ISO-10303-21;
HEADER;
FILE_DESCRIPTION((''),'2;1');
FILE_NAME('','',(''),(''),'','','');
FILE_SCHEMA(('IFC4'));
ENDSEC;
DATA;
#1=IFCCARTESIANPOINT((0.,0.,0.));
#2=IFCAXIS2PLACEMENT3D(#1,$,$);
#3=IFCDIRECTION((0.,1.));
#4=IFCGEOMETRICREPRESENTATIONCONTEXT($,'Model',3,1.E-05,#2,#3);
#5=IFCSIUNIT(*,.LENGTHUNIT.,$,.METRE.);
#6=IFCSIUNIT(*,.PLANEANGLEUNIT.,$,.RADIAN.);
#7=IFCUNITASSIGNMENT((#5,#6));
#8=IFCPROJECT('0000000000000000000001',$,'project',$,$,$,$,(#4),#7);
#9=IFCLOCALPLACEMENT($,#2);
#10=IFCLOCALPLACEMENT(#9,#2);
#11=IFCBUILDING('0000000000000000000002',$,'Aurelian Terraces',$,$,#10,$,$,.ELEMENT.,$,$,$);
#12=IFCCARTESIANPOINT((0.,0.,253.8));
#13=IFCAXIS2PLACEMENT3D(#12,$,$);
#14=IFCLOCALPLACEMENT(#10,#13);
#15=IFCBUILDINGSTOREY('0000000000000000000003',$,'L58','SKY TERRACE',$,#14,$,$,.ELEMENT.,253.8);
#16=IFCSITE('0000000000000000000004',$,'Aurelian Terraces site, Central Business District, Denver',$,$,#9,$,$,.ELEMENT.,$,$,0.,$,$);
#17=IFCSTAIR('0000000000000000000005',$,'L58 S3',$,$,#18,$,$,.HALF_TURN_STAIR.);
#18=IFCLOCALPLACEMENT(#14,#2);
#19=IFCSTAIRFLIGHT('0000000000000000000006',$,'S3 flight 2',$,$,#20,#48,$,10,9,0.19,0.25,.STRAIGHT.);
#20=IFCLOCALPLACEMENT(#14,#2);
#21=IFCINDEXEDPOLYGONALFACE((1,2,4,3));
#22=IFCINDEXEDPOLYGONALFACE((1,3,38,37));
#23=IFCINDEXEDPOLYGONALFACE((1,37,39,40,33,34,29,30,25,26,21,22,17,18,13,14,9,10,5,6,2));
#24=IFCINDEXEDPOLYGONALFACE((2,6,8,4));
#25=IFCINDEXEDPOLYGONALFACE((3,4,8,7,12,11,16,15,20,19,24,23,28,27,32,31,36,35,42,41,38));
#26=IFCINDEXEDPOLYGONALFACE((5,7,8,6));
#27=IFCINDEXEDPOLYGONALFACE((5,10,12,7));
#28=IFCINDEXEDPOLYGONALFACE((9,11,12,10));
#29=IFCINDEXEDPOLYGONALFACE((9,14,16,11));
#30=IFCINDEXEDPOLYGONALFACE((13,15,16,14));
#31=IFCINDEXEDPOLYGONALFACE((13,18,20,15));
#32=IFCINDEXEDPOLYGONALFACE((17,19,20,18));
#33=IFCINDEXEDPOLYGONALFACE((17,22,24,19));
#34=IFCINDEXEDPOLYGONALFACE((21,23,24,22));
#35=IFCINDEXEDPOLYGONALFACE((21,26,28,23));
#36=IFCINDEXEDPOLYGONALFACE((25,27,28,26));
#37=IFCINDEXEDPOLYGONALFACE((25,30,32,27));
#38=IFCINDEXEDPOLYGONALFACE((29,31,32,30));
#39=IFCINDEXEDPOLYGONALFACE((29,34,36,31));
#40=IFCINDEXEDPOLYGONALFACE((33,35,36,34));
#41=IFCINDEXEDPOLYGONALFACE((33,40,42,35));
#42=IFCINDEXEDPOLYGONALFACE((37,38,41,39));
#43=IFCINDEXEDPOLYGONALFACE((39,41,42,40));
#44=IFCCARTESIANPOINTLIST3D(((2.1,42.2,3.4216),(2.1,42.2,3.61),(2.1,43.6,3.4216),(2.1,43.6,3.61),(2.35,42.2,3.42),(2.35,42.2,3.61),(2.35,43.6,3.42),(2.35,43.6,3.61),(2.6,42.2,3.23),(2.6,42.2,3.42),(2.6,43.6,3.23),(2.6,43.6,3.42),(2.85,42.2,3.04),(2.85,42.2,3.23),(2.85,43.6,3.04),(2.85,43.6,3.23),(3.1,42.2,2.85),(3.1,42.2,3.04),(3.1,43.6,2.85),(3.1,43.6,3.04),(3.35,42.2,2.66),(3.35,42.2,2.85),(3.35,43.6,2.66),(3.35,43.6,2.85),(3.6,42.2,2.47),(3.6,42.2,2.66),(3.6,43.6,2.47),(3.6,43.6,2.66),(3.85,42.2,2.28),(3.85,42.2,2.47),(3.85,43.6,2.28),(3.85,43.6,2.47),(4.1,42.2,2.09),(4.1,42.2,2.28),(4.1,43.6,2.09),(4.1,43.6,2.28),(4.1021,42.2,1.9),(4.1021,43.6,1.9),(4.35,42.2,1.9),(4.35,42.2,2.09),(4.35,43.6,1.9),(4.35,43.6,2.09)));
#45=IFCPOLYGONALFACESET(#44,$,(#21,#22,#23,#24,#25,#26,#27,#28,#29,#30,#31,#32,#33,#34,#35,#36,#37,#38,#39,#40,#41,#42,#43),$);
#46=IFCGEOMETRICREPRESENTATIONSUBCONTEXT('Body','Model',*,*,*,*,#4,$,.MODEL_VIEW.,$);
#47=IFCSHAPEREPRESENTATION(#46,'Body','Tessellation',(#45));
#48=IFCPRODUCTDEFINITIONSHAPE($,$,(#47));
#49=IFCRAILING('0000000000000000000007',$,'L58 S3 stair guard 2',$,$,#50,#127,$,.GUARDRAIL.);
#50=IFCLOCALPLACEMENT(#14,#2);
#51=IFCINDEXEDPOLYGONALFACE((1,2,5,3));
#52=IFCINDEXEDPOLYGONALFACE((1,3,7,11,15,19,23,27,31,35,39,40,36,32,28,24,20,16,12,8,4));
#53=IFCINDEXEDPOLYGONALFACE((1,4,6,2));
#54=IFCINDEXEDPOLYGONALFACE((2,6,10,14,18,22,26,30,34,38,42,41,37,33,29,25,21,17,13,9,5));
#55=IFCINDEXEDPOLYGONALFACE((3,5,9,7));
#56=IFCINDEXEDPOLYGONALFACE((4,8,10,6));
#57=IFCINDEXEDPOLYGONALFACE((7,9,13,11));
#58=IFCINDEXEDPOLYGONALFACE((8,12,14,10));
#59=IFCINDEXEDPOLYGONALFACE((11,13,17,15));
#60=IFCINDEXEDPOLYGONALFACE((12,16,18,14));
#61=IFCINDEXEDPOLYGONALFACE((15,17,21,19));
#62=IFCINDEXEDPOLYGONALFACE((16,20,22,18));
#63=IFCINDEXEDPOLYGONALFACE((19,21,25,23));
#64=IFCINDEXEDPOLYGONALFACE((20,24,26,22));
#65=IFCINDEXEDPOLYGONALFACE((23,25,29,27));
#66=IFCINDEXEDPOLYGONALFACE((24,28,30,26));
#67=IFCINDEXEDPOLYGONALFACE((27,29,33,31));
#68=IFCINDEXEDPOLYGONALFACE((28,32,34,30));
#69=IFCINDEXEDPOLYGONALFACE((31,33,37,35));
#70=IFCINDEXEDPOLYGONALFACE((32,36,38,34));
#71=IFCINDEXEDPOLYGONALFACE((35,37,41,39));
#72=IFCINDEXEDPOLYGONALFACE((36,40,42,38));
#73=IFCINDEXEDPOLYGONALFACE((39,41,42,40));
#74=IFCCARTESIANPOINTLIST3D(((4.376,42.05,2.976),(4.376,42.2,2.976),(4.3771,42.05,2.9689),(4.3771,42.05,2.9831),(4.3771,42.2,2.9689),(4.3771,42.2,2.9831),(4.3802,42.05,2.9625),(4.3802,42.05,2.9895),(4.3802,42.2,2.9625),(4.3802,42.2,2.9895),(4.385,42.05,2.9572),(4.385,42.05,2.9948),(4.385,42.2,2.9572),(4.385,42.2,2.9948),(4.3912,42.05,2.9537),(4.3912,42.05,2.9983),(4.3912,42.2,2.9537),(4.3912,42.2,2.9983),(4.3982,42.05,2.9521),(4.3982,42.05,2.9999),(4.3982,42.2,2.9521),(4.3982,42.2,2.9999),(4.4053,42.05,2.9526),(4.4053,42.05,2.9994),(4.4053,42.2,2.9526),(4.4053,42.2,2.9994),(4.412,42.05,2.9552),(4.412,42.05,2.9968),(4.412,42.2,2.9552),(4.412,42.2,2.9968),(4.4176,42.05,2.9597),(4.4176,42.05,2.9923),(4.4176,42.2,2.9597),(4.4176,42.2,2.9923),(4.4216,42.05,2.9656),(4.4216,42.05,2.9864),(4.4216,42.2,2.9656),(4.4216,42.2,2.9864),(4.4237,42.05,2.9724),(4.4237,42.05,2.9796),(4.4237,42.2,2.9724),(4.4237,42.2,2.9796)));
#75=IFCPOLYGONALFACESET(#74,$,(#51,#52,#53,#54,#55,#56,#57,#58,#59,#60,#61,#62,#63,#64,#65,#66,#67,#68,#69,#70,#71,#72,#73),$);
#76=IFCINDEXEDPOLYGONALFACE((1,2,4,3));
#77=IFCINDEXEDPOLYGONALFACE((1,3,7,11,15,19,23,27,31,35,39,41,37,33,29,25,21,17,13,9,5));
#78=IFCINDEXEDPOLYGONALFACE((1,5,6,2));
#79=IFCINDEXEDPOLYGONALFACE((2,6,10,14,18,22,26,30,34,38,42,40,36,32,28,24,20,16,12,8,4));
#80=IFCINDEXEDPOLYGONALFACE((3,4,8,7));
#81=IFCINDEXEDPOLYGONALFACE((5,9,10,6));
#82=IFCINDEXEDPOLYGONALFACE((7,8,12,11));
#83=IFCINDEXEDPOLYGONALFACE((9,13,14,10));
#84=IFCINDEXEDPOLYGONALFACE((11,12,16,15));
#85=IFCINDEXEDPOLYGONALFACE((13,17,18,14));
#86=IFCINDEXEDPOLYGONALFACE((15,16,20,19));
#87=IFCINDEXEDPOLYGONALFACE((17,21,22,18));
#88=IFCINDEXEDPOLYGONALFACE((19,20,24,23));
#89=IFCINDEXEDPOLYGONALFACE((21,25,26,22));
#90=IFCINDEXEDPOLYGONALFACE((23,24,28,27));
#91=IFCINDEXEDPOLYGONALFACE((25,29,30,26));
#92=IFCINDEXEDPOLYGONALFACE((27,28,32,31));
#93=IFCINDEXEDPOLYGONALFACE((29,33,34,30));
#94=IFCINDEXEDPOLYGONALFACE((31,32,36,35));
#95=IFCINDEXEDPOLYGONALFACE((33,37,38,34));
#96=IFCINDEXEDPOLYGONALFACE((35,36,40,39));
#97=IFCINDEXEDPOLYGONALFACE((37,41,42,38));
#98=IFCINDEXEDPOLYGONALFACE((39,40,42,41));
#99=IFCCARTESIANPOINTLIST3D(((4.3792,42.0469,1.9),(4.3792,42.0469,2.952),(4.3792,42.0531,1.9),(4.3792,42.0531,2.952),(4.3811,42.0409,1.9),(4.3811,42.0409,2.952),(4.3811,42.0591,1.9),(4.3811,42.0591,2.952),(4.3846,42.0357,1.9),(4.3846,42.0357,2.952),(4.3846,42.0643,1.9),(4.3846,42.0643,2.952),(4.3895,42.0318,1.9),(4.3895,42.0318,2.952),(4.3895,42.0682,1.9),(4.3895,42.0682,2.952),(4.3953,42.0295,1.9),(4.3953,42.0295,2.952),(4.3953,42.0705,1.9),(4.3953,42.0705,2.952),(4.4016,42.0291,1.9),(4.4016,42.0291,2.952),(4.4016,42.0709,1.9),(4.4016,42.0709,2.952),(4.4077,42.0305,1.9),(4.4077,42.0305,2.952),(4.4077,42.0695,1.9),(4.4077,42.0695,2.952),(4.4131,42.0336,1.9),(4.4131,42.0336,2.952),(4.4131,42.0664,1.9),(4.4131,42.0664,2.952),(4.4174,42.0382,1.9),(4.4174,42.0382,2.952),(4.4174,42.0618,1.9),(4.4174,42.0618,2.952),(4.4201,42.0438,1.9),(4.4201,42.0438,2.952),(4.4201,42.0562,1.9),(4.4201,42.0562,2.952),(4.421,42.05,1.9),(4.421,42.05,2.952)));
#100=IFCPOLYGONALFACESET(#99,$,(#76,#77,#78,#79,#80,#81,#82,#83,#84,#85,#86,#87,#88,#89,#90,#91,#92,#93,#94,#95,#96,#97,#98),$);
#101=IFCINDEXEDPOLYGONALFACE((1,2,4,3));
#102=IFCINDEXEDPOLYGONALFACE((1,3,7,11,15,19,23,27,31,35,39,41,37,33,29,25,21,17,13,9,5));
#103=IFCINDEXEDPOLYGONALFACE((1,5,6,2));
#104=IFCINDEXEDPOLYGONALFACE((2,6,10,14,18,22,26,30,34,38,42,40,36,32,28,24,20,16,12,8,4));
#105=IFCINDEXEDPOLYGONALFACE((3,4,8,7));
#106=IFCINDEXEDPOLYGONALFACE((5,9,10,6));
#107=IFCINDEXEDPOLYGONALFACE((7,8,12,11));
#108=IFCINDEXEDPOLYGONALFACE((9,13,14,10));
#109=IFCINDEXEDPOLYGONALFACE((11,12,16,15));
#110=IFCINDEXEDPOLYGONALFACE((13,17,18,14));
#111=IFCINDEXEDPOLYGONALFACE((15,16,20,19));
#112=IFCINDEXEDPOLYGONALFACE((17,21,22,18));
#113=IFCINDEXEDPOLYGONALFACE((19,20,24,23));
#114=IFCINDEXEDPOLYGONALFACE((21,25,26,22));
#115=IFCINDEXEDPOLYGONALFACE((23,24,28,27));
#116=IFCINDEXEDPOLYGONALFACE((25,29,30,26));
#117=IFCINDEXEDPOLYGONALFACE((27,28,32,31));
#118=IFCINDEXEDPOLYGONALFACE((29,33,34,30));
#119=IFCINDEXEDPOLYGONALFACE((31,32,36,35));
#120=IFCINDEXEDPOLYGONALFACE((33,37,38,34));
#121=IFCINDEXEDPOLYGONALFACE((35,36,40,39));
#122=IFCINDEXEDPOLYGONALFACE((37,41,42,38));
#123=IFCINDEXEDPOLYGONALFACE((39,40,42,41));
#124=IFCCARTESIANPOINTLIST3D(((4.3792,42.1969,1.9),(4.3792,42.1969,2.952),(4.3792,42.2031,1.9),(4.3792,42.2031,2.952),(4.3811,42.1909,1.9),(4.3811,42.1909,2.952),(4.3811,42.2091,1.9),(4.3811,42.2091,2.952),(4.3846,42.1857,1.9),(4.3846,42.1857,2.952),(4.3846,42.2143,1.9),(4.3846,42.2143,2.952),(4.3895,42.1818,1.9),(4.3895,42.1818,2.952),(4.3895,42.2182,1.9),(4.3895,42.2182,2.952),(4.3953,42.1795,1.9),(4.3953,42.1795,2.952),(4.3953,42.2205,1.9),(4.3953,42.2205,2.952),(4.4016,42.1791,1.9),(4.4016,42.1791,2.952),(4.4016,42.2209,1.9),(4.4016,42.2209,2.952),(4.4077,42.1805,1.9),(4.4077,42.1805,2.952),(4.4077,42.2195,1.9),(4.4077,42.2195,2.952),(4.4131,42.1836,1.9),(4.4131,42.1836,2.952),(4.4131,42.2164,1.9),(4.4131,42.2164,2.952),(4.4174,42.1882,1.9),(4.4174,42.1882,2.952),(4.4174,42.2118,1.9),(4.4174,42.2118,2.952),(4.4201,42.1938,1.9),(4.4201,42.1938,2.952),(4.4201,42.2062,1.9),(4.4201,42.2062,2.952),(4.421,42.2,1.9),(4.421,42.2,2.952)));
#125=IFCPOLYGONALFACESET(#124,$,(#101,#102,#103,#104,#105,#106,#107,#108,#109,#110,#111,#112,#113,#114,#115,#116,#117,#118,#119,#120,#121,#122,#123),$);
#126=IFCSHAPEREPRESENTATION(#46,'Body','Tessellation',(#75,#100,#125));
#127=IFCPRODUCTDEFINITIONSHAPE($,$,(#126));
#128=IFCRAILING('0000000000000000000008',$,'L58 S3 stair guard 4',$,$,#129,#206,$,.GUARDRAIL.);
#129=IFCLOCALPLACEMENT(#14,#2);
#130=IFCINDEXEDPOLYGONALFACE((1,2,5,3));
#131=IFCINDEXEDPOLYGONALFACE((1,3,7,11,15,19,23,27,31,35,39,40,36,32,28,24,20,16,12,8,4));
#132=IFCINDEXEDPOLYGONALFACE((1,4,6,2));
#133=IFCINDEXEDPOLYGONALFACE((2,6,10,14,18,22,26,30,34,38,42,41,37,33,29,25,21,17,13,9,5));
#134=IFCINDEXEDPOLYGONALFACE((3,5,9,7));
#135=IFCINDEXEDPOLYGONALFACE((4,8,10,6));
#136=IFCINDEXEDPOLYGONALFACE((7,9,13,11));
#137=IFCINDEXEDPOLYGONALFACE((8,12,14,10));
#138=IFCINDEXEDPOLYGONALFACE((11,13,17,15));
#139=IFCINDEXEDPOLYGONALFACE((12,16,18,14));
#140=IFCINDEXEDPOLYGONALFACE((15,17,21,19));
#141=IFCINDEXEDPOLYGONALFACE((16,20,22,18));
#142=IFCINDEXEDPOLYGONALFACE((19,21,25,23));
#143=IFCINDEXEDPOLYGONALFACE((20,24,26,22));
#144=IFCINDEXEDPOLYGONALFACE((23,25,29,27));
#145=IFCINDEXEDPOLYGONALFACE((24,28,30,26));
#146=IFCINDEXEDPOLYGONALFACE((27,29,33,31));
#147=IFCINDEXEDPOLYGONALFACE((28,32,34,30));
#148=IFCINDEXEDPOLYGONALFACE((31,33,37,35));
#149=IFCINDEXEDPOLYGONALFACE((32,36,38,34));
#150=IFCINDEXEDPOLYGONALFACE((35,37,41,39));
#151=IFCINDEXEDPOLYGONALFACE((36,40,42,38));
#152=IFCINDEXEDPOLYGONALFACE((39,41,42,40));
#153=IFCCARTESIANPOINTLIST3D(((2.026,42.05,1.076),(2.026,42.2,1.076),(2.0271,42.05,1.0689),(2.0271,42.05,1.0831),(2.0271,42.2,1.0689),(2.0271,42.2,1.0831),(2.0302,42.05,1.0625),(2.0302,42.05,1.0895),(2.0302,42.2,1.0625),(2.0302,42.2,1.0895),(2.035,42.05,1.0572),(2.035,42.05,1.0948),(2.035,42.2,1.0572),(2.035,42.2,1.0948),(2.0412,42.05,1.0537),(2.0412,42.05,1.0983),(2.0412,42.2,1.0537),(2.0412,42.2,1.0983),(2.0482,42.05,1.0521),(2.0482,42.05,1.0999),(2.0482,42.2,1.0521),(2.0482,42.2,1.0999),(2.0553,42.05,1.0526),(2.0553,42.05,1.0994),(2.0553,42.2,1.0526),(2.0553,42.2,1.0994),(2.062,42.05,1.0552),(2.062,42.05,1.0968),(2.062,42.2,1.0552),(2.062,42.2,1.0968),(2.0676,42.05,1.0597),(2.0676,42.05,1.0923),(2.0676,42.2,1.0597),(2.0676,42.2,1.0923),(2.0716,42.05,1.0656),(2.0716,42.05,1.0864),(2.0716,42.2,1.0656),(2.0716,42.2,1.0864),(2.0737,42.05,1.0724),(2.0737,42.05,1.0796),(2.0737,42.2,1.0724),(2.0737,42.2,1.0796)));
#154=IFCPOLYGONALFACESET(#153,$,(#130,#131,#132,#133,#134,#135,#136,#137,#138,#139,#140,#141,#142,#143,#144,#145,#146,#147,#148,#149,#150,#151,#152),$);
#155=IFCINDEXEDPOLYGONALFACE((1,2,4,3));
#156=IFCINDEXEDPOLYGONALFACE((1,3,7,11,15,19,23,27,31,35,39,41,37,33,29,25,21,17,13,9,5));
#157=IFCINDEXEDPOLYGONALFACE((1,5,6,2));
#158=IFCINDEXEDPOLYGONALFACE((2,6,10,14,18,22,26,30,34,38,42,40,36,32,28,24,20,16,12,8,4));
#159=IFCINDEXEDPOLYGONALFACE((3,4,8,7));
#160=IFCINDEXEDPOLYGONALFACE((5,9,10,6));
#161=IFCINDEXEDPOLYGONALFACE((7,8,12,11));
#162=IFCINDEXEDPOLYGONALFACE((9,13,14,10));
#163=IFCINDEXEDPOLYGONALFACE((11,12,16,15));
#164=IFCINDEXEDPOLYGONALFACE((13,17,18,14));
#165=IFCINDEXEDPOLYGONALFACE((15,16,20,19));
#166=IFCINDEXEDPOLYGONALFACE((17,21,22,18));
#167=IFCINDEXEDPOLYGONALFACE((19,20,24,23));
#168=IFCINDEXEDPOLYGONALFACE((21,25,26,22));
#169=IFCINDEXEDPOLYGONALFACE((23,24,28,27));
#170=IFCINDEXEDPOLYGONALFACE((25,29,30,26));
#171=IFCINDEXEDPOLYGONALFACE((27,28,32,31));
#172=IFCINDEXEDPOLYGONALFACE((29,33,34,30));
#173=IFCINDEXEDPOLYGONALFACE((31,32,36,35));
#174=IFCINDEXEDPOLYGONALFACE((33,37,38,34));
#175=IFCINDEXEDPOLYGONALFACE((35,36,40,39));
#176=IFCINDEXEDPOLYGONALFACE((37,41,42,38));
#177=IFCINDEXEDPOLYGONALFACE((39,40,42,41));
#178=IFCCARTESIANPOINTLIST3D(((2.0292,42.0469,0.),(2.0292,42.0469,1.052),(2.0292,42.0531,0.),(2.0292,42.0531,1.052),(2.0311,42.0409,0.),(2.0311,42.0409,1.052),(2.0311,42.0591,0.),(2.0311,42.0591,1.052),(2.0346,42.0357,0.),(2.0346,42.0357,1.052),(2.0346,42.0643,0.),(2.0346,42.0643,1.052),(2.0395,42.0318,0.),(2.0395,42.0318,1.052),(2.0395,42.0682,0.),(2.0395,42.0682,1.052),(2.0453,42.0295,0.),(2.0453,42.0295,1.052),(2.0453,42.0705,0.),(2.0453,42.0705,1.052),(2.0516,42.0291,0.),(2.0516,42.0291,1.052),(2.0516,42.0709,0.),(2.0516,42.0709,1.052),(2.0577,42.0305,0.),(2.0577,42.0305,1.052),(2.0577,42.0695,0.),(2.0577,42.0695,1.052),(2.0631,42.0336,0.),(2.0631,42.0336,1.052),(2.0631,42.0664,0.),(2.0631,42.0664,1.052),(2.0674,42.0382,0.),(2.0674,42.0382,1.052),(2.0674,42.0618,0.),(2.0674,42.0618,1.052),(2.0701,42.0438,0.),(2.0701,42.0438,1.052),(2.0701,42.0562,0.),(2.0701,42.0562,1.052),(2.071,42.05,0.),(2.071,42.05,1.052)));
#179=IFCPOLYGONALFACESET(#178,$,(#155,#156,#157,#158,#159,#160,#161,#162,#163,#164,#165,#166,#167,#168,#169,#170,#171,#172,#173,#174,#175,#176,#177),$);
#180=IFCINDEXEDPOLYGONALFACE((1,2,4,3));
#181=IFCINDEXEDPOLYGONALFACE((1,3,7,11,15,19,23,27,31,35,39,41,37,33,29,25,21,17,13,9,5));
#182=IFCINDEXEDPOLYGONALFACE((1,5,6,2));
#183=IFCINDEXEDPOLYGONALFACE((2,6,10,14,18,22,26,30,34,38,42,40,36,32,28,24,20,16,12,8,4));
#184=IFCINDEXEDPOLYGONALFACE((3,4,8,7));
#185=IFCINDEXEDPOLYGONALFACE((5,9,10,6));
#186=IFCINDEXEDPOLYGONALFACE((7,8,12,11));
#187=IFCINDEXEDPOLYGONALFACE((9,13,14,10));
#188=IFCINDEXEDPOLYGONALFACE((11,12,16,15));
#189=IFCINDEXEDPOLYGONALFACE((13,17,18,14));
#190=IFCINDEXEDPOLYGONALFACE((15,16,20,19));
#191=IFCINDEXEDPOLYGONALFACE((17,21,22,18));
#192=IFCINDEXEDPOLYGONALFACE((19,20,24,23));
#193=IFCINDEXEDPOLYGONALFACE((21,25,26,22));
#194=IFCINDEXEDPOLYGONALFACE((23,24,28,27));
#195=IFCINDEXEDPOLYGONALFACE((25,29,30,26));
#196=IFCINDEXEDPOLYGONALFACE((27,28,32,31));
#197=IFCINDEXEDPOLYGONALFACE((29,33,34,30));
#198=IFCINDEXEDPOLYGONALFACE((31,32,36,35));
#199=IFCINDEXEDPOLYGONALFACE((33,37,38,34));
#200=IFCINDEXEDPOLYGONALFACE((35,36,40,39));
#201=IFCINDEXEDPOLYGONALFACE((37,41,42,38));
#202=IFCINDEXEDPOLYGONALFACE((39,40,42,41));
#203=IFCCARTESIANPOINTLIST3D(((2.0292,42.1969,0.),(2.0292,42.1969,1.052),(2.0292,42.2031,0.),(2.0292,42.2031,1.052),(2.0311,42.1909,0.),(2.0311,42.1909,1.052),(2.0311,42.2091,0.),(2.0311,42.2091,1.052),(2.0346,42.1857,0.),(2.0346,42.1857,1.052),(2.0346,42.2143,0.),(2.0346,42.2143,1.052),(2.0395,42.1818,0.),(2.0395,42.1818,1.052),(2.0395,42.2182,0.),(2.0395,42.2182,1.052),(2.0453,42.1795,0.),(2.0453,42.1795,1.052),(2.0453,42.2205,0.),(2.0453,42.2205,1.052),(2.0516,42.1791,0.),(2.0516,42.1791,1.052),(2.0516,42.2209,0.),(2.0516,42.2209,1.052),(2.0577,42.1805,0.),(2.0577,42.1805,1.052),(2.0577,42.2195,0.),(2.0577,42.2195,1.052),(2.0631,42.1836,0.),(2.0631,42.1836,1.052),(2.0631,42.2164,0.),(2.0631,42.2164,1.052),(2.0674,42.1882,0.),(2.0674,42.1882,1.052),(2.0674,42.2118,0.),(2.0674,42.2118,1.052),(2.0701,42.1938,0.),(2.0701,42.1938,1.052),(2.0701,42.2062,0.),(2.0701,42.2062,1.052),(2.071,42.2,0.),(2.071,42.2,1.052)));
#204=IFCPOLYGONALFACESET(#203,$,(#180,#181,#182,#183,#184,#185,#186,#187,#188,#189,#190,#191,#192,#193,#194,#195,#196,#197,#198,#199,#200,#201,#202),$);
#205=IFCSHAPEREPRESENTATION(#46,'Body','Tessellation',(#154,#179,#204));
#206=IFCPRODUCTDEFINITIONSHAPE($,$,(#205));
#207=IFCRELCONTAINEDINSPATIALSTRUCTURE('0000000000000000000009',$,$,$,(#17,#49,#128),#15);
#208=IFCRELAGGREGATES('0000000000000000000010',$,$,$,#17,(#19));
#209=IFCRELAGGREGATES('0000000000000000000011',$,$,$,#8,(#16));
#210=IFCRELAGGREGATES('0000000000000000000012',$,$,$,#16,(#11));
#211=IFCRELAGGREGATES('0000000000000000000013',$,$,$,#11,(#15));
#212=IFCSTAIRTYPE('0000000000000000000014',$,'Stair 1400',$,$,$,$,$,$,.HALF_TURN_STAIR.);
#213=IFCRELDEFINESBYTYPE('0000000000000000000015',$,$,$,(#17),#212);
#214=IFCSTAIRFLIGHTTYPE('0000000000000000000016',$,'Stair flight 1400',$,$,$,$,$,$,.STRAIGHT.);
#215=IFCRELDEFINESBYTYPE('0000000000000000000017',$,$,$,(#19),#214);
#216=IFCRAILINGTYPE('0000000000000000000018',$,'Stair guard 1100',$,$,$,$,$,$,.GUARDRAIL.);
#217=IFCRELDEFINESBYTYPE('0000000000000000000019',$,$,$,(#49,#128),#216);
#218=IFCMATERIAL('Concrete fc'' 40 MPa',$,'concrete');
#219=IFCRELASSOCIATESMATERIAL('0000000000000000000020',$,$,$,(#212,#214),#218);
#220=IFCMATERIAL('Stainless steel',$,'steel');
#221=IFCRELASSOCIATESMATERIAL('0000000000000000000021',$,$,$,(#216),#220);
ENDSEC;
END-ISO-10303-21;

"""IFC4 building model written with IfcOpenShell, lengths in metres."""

from ifc_helpers import new_model, si_unit, direction, frame, origin, origin_2d, place, context, subcontext, project, spatial, polyline, circle, outline, extrude, source, transform, mapped, material, type_object, element, aggregate, save


model = new_model("IFC4")

# Units and contexts
model_context = context("Model", 3, precision=1e-05, world=origin(), true_north=direction((0.0, 1.0)))
body_context = subcontext(model_context, "Body", "Model", "MODEL_VIEW")
ifc_project = project(units=[si_unit("LENGTHUNIT", "METRE"), si_unit("PLANEANGLEUNIT", "RADIAN")], contexts=[model_context])

# Site, building, storey
site_placement = place(None, origin())
site = spatial("IfcSite", under=ifc_project, at=site_placement, Name="Aurelian Terraces site, Central Business District, Denver", CompositionType="ELEMENT", RefElevation=0.0)
building_placement = place(site_placement, origin())
building = spatial("IfcBuilding", under=site, at=building_placement, Name="Aurelian Terraces", CompositionType="ELEMENT")
storey_placement = place(building_placement, frame((0.0, 0.0, 253.8)))
storey = spatial("IfcBuildingStorey", under=building, at=storey_placement, Name="L58", Description="SKY TERRACE", CompositionType="ELEMENT", Elevation=253.8)

# Shared definitions
ifc_material_1 = material(Name="Concrete fc' 40 MPa", Category="concrete")

# Stair, stair flight
stair_type = type_object("IfcStairType", Name="Stair 1400", PredefinedType="HALF_TURN_STAIR", material=ifc_material_1)
stair_placement = place(storey_placement, origin())
stair = element("IfcStair", 1, at=stair_placement, inside=storey, type_object=stair_type, Name="L58 S3", PredefinedType="HALF_TURN_STAIR")
stair_flight_type = type_object("IfcStairFlightType", Name="Stair flight 1400", PredefinedType="STRAIGHT", material=ifc_material_1)
shared_shape_1 = source(origin(), body_context, "Body", "SweptSolid", [
    extrude(outline(polyline([(0.0, 0.0), (0.0, 0.19), (0.25, 0.19), (0.25, 0.38), (0.5, 0.38), (0.5, 0.57), (0.75, 0.57), (0.75, 0.76), (1.0, 0.76), (1.0, 0.95), (1.25, 0.95), (1.25, 1.14), (1.5, 1.14), (1.5, 1.33), (1.75, 1.33), (1.75, 1.52), (2.0, 1.52), (2.0, 1.71), (2.25, 1.71), (2.25, 1.9), (2.25, 1.5216), (0.2479, 0.0), (0.0, 0.0)])), frame((0.0, 0.7, 0.0), z_axis=(0.0, -1.0, 0.0), x_axis=(1.0, 0.0, 0.0)), (0.0, 0.0, 1.0), 1.4),
])
stair_flight_1_placement = place(storey_placement, frame((4.35, 42.9, 1.9), z_axis=(0.0, 0.0, 1.0), x_axis=(-1.0, 0.0, 0.0)))
stair_flight_1 = element("IfcStairFlight", 2, at=stair_flight_1_placement, type_object=stair_flight_type, Name="S3 flight 2", NumberOfRisers=10, NumberOfTreads=9, PredefinedType="STRAIGHT", RiserHeight=0.19, TreadLength=0.25, context=body_context, shape_type="MappedRepresentation", body=[
    mapped(shared_shape_1, transform((0.0, 0.0, 0.0), scale=1.0)),
])
aggregate(stair, [stair_flight_1])

# Railings
ifc_material_2 = material(Name="Stainless steel", Category="steel")
railing_type_1 = type_object("IfcRailingType", Name="Stair guard 1100", PredefinedType="GUARDRAIL", material=ifc_material_2)
shared_shape_2 = source(origin(), body_context, "Body", "SweptSolid", [
    extrude(circle(Radius=0.024, at=origin_2d()), frame((0.0, 0.0, 1.076), z_axis=(0.0, 1.0, 0.0), x_axis=(-1.0, 0.0, 0.0)), (0.0, 0.0, 1.0), 0.15),
    extrude(circle(Radius=0.021, at=origin_2d()), origin(), (0.0, 0.0, 1.0), 1.052),
    extrude(circle(Radius=0.021, at=origin_2d()), frame((0.0, 0.15, 0.0)), (0.0, 0.0, 1.0), 1.052),
])
for number, where, name in (
    (3, (4.4, 42.05, 1.9), "L58 S3 stair guard 2"),
    (4, (2.05, 42.05, 0.0), "L58 S3 stair guard 4"),
):
    element("IfcRailing", number, at=place(storey_placement, frame(where)), inside=storey, type_object=railing_type_1, Name=name, PredefinedType="GUARDRAIL", context=body_context, shape_type="MappedRepresentation", body=[
        mapped(shared_shape_2, transform((0.0, 0.0, 0.0), scale=1.0)),
    ])

save(model, "model.ifc")
